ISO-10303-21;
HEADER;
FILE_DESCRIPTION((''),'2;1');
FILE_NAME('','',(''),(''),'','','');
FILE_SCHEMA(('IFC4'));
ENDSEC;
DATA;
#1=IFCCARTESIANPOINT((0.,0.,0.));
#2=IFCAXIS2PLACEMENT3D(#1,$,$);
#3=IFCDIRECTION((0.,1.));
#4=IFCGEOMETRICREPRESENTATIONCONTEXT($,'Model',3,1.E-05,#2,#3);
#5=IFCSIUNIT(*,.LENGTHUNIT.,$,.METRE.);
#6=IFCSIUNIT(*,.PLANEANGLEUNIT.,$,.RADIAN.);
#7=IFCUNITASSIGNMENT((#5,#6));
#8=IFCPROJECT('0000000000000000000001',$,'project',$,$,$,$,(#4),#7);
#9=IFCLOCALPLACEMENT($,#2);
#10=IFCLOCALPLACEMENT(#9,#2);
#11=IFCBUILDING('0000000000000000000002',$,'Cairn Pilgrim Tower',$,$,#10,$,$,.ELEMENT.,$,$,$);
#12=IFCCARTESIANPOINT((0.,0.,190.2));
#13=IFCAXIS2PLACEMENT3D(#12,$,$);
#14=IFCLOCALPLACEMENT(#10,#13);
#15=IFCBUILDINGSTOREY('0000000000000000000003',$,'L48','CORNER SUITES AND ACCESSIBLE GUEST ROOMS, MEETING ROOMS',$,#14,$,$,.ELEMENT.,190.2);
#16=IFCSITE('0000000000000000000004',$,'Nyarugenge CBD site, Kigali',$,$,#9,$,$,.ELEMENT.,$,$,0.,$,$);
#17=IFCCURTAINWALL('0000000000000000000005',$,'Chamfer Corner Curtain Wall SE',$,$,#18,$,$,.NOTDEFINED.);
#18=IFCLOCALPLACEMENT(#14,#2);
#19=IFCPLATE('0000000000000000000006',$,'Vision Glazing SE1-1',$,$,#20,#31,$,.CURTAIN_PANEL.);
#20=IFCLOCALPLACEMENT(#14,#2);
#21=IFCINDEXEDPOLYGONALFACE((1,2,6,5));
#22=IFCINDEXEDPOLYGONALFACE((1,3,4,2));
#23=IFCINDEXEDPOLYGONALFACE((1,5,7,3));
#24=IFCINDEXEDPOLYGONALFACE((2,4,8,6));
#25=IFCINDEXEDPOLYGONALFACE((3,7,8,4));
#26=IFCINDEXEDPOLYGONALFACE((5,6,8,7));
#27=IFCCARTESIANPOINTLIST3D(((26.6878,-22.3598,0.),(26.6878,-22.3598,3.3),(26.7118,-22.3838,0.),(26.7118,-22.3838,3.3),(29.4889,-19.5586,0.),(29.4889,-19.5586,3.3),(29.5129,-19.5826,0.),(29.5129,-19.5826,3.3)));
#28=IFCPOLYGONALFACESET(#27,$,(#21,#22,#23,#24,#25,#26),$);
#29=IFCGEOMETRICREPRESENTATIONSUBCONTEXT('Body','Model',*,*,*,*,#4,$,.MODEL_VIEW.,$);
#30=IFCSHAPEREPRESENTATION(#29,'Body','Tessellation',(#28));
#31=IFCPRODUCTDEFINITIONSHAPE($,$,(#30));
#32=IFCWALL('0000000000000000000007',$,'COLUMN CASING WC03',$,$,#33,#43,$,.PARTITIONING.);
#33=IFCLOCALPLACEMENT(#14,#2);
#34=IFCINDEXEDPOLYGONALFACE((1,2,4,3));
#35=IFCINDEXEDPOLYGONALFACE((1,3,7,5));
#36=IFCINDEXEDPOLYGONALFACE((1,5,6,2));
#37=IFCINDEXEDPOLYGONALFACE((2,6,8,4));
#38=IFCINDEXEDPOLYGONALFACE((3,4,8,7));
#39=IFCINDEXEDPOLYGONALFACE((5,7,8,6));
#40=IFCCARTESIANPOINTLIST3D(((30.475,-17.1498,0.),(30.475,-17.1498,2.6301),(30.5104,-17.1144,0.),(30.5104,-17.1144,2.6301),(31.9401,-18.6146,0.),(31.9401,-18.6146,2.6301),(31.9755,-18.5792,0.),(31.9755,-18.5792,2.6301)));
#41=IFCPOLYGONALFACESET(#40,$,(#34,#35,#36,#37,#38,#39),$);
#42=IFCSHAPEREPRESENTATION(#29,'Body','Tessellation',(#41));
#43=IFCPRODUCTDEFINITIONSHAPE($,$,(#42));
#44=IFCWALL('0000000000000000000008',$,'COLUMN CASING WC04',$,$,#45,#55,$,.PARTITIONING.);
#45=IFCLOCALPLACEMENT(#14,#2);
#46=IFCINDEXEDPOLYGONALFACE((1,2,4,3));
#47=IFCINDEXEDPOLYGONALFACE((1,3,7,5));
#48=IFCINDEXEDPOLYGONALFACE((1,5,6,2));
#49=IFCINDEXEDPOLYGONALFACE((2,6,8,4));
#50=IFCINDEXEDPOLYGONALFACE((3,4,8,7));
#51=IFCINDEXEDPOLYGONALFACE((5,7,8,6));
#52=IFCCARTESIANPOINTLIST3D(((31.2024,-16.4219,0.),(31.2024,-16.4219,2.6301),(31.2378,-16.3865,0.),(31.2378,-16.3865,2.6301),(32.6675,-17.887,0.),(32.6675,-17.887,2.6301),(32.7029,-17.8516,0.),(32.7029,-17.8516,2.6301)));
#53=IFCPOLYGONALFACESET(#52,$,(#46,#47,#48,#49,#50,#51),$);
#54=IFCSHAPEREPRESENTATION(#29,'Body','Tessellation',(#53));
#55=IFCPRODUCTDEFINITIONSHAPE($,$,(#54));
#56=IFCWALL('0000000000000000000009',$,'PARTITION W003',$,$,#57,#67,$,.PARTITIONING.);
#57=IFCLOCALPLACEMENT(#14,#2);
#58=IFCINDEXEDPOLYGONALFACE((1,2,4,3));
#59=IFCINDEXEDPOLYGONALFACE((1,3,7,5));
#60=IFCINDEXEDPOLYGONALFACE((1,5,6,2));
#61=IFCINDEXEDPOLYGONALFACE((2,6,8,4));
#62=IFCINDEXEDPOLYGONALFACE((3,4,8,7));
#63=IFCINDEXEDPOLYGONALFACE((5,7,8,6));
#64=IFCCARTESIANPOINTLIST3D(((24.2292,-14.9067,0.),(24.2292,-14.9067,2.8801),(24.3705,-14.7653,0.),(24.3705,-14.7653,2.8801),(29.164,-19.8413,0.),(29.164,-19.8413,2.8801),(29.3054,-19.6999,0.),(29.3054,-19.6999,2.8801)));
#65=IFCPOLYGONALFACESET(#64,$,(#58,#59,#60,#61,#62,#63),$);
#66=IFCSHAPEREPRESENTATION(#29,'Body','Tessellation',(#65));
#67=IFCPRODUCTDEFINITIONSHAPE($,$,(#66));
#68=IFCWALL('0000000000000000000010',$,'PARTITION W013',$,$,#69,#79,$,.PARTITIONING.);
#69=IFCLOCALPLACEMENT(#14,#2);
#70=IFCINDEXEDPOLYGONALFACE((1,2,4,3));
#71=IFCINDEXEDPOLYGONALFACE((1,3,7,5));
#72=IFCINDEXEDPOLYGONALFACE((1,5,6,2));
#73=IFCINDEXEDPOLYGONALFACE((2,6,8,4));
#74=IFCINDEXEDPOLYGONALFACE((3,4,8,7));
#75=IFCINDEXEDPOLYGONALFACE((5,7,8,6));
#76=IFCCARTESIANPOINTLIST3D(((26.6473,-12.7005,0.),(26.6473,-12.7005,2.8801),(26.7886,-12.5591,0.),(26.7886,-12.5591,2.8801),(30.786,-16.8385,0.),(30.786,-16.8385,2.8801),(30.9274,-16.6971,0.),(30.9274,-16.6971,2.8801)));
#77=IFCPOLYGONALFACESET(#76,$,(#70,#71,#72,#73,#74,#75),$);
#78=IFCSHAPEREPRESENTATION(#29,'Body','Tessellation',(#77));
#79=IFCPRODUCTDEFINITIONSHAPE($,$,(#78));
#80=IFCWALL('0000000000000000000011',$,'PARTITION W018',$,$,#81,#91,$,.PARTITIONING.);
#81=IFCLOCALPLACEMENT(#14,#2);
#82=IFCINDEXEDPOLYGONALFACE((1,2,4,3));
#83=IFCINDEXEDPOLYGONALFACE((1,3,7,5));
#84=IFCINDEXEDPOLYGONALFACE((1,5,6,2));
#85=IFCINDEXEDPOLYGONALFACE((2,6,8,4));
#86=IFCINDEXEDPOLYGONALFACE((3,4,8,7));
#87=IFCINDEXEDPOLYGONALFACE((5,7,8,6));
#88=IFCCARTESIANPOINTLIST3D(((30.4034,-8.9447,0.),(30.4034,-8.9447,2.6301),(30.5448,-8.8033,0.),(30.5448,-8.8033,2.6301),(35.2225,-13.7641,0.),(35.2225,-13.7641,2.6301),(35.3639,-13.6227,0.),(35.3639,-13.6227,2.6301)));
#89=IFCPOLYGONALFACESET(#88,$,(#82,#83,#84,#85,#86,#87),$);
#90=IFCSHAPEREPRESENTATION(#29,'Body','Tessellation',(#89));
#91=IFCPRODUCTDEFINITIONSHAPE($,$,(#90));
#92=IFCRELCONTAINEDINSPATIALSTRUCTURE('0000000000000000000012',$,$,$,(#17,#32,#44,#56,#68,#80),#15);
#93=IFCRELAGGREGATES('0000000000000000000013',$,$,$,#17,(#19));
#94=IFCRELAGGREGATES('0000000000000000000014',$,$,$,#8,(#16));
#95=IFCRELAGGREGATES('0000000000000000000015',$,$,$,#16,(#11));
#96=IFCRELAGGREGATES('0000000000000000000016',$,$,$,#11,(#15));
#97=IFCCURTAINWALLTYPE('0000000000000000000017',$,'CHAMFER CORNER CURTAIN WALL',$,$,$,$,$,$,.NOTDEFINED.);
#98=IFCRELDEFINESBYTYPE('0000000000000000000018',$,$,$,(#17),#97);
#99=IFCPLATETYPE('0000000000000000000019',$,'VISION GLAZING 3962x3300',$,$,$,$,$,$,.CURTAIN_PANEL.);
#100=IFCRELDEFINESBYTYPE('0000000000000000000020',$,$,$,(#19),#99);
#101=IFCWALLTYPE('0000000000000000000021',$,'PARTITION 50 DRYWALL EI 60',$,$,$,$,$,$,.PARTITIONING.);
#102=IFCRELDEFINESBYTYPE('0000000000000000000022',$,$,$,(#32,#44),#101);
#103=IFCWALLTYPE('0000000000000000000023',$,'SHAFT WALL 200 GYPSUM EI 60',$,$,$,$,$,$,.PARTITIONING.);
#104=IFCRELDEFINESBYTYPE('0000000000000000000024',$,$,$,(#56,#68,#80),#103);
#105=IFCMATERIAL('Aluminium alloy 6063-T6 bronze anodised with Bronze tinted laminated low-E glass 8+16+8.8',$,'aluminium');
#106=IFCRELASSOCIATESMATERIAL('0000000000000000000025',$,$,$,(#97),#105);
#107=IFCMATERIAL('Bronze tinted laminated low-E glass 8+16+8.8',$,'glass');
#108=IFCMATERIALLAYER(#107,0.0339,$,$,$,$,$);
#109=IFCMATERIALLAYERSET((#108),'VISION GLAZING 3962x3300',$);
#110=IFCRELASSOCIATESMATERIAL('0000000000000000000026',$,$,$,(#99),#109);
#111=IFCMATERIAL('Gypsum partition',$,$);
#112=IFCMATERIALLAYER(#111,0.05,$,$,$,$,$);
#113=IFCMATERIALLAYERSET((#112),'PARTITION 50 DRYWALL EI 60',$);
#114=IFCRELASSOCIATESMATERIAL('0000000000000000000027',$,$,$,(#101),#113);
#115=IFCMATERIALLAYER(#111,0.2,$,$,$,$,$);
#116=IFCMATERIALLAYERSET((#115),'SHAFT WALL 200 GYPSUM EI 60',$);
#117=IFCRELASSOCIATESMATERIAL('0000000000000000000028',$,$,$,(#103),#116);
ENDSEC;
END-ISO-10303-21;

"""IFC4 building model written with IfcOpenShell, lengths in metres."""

from ifc_helpers import new_model, si_unit, direction, frame, frame_2d, origin, origin_2d, place, context, subcontext, project, spatial, rectangle, extrude, material, layer, layer_set, type_object, element, aggregate, save


model = new_model("IFC4")

# Units and contexts
model_context = context("Model", 3, precision=1e-05, world=origin(), true_north=direction((0.0, 1.0)))
body_context = subcontext(model_context, "Body", "Model", "MODEL_VIEW")
ifc_project = project(units=[si_unit("LENGTHUNIT", "METRE"), si_unit("PLANEANGLEUNIT", "RADIAN")], contexts=[model_context])

# Site, building, storey
site_placement = place(None, origin())
site = spatial("IfcSite", under=ifc_project, at=site_placement, Name="Nyarugenge CBD site, Kigali", CompositionType="ELEMENT", RefElevation=0.0)
building_placement = place(site_placement, origin())
building = spatial("IfcBuilding", under=site, at=building_placement, Name="Cairn Pilgrim Tower", CompositionType="ELEMENT")
storey_placement = place(building_placement, frame((0.0, 0.0, 190.2)))
storey = spatial("IfcBuildingStorey", under=building, at=storey_placement, Name="L48", Description="CORNER SUITES AND ACCESSIBLE GUEST ROOMS, MEETING ROOMS", CompositionType="ELEMENT", Elevation=190.2)

# Curtain wall
ifc_material_1 = material(Name="Aluminium alloy 6063-T6 bronze anodised with Bronze tinted laminated low-E glass 8+16+8.8", Category="aluminium")
curtain_wall_type = type_object("IfcCurtainWallType", Name="CHAMFER CORNER CURTAIN WALL", PredefinedType="NOTDEFINED", material=ifc_material_1)
curtain_wall_placement = place(storey_placement, origin())
curtain_wall = element("IfcCurtainWall", 1, at=curtain_wall_placement, inside=storey, type_object=curtain_wall_type, Name="Chamfer Corner Curtain Wall SE", PredefinedType="NOTDEFINED")

# Plate
ifc_material_2 = material(Name="Bronze tinted laminated low-E glass 8+16+8.8", Category="glass")
ifc_layer_1 = layer(ifc_material_2, 0.0339)
ifc_layer_set_1 = layer_set([ifc_layer_1], Name="VISION GLAZING 3962x3300")
plate_type_1 = type_object("IfcPlateType", Name="VISION GLAZING 3962x3300", PredefinedType="CURTAIN_PANEL", material=ifc_layer_set_1)
plate_1_placement = place(storey_placement, frame((28.1003, -20.9712, 0.0), z_axis=(0.0, 0.0, 1.0), x_axis=(0.707107, 0.707107, 0.0)))
plate_1 = element("IfcPlate", 2, at=plate_1_placement, type_object=plate_type_1, Name="Vision Glazing SE1-1", PredefinedType="CURTAIN_PANEL", context=body_context, shape_type="SweptSolid", body=[
    extrude(rectangle(XDim=3.9614, YDim=0.0339, at=origin_2d()), origin(), (0.0, 0.0, 1.0), 3.3),
])
aggregate(curtain_wall, [plate_1])

# Walls
ifc_material_3 = material(Name="Gypsum partition")
ifc_layer_2 = layer(ifc_material_3, 0.05)
ifc_layer_set_2 = layer_set([ifc_layer_2], Name="PARTITION 50 DRYWALL EI 60")
wall_type_1 = type_object("IfcWallType", Name="PARTITION 50 DRYWALL EI 60", PredefinedType="PARTITIONING", material=ifc_layer_set_2)
wall_1_placement = place(storey_placement, frame((31.9578, -18.5969, 0.0), z_axis=(0.0, 0.0, 1.0), x_axis=(-0.707166, 0.707048, 0.0)))
element("IfcWall", 3, at=wall_1_placement, inside=storey, type_object=wall_type_1, Name="COLUMN CASING WC03", PredefinedType="PARTITIONING", context=body_context, shape_type="SweptSolid", body=[
    extrude(rectangle(XDim=2.0718, YDim=0.05, at=frame_2d((1.0359, 0.0))), origin(), (0.0, 0.0, 1.0), 2.6301),
])
wall_2_placement = place(storey_placement, frame((32.6853, -17.8694, 0.0), z_axis=(0.0, 0.0, 1.0), x_axis=(-0.707107, 0.707107, 0.0)))
element("IfcWall", 4, at=wall_2_placement, inside=storey, type_object=wall_type_1, Name="COLUMN CASING WC04", PredefinedType="PARTITIONING", context=body_context, shape_type="SweptSolid", body=[
    extrude(rectangle(XDim=2.072, YDim=0.05, at=frame_2d((1.0361, 0.0))), origin(), (0.0, 0.0, 1.0), 2.6301),
])
ifc_layer_3 = layer(ifc_material_3, 0.2)
ifc_layer_set_3 = layer_set([ifc_layer_3], Name="SHAFT WALL 200 GYPSUM EI 60")
wall_type_2 = type_object("IfcWallType", Name="SHAFT WALL 200 GYPSUM EI 60", PredefinedType="PARTITIONING", material=ifc_layer_set_3)
wall_3_placement = place(storey_placement, frame((29.2346, -19.7705, 0.0), z_axis=(0.0, 0.0, 1.0), x_axis=(-0.707124, 0.707089, 0.0)))
element("IfcWall", 5, at=wall_3_placement, inside=storey, type_object=wall_type_2, Name="PARTITION W003", PredefinedType="PARTITIONING", context=body_context, shape_type="SweptSolid", body=[
    extrude(rectangle(XDim=6.9788, YDim=0.2, at=frame_2d((3.4893, 0.0))), origin(), (0.0, 0.0, 1.0), 2.8801),
])
wall_4_placement = place(storey_placement, frame((30.8567, -16.7678, 0.0), z_axis=(0.0, 0.0, 1.0), x_axis=(-0.707169, 0.707044, 0.0)))
element("IfcWall", 6, at=wall_4_placement, inside=storey, type_object=wall_type_2, Name="PARTITION W013", PredefinedType="PARTITIONING", context=body_context, shape_type="SweptSolid", body=[
    extrude(rectangle(XDim=5.8525, YDim=0.2, at=frame_2d((2.9263, 0.0))), origin(), (0.0, 0.0, 1.0), 2.8801),
])
wall_5_placement = place(storey_placement, frame((35.2932, -13.6934, 0.0), z_axis=(0.0, 0.0, 1.0), x_axis=(-0.707089, 0.707125, 0.0)))
element("IfcWall", 7, at=wall_5_placement, inside=storey, type_object=wall_type_2, Name="PARTITION W018", PredefinedType="PARTITIONING", context=body_context, shape_type="SweptSolid", body=[
    extrude(rectangle(XDim=6.8154, YDim=0.2, at=frame_2d((3.4077, 0.0))), origin(), (0.0, 0.0, 1.0), 2.6301),
])

save(model, "model.ifc")
